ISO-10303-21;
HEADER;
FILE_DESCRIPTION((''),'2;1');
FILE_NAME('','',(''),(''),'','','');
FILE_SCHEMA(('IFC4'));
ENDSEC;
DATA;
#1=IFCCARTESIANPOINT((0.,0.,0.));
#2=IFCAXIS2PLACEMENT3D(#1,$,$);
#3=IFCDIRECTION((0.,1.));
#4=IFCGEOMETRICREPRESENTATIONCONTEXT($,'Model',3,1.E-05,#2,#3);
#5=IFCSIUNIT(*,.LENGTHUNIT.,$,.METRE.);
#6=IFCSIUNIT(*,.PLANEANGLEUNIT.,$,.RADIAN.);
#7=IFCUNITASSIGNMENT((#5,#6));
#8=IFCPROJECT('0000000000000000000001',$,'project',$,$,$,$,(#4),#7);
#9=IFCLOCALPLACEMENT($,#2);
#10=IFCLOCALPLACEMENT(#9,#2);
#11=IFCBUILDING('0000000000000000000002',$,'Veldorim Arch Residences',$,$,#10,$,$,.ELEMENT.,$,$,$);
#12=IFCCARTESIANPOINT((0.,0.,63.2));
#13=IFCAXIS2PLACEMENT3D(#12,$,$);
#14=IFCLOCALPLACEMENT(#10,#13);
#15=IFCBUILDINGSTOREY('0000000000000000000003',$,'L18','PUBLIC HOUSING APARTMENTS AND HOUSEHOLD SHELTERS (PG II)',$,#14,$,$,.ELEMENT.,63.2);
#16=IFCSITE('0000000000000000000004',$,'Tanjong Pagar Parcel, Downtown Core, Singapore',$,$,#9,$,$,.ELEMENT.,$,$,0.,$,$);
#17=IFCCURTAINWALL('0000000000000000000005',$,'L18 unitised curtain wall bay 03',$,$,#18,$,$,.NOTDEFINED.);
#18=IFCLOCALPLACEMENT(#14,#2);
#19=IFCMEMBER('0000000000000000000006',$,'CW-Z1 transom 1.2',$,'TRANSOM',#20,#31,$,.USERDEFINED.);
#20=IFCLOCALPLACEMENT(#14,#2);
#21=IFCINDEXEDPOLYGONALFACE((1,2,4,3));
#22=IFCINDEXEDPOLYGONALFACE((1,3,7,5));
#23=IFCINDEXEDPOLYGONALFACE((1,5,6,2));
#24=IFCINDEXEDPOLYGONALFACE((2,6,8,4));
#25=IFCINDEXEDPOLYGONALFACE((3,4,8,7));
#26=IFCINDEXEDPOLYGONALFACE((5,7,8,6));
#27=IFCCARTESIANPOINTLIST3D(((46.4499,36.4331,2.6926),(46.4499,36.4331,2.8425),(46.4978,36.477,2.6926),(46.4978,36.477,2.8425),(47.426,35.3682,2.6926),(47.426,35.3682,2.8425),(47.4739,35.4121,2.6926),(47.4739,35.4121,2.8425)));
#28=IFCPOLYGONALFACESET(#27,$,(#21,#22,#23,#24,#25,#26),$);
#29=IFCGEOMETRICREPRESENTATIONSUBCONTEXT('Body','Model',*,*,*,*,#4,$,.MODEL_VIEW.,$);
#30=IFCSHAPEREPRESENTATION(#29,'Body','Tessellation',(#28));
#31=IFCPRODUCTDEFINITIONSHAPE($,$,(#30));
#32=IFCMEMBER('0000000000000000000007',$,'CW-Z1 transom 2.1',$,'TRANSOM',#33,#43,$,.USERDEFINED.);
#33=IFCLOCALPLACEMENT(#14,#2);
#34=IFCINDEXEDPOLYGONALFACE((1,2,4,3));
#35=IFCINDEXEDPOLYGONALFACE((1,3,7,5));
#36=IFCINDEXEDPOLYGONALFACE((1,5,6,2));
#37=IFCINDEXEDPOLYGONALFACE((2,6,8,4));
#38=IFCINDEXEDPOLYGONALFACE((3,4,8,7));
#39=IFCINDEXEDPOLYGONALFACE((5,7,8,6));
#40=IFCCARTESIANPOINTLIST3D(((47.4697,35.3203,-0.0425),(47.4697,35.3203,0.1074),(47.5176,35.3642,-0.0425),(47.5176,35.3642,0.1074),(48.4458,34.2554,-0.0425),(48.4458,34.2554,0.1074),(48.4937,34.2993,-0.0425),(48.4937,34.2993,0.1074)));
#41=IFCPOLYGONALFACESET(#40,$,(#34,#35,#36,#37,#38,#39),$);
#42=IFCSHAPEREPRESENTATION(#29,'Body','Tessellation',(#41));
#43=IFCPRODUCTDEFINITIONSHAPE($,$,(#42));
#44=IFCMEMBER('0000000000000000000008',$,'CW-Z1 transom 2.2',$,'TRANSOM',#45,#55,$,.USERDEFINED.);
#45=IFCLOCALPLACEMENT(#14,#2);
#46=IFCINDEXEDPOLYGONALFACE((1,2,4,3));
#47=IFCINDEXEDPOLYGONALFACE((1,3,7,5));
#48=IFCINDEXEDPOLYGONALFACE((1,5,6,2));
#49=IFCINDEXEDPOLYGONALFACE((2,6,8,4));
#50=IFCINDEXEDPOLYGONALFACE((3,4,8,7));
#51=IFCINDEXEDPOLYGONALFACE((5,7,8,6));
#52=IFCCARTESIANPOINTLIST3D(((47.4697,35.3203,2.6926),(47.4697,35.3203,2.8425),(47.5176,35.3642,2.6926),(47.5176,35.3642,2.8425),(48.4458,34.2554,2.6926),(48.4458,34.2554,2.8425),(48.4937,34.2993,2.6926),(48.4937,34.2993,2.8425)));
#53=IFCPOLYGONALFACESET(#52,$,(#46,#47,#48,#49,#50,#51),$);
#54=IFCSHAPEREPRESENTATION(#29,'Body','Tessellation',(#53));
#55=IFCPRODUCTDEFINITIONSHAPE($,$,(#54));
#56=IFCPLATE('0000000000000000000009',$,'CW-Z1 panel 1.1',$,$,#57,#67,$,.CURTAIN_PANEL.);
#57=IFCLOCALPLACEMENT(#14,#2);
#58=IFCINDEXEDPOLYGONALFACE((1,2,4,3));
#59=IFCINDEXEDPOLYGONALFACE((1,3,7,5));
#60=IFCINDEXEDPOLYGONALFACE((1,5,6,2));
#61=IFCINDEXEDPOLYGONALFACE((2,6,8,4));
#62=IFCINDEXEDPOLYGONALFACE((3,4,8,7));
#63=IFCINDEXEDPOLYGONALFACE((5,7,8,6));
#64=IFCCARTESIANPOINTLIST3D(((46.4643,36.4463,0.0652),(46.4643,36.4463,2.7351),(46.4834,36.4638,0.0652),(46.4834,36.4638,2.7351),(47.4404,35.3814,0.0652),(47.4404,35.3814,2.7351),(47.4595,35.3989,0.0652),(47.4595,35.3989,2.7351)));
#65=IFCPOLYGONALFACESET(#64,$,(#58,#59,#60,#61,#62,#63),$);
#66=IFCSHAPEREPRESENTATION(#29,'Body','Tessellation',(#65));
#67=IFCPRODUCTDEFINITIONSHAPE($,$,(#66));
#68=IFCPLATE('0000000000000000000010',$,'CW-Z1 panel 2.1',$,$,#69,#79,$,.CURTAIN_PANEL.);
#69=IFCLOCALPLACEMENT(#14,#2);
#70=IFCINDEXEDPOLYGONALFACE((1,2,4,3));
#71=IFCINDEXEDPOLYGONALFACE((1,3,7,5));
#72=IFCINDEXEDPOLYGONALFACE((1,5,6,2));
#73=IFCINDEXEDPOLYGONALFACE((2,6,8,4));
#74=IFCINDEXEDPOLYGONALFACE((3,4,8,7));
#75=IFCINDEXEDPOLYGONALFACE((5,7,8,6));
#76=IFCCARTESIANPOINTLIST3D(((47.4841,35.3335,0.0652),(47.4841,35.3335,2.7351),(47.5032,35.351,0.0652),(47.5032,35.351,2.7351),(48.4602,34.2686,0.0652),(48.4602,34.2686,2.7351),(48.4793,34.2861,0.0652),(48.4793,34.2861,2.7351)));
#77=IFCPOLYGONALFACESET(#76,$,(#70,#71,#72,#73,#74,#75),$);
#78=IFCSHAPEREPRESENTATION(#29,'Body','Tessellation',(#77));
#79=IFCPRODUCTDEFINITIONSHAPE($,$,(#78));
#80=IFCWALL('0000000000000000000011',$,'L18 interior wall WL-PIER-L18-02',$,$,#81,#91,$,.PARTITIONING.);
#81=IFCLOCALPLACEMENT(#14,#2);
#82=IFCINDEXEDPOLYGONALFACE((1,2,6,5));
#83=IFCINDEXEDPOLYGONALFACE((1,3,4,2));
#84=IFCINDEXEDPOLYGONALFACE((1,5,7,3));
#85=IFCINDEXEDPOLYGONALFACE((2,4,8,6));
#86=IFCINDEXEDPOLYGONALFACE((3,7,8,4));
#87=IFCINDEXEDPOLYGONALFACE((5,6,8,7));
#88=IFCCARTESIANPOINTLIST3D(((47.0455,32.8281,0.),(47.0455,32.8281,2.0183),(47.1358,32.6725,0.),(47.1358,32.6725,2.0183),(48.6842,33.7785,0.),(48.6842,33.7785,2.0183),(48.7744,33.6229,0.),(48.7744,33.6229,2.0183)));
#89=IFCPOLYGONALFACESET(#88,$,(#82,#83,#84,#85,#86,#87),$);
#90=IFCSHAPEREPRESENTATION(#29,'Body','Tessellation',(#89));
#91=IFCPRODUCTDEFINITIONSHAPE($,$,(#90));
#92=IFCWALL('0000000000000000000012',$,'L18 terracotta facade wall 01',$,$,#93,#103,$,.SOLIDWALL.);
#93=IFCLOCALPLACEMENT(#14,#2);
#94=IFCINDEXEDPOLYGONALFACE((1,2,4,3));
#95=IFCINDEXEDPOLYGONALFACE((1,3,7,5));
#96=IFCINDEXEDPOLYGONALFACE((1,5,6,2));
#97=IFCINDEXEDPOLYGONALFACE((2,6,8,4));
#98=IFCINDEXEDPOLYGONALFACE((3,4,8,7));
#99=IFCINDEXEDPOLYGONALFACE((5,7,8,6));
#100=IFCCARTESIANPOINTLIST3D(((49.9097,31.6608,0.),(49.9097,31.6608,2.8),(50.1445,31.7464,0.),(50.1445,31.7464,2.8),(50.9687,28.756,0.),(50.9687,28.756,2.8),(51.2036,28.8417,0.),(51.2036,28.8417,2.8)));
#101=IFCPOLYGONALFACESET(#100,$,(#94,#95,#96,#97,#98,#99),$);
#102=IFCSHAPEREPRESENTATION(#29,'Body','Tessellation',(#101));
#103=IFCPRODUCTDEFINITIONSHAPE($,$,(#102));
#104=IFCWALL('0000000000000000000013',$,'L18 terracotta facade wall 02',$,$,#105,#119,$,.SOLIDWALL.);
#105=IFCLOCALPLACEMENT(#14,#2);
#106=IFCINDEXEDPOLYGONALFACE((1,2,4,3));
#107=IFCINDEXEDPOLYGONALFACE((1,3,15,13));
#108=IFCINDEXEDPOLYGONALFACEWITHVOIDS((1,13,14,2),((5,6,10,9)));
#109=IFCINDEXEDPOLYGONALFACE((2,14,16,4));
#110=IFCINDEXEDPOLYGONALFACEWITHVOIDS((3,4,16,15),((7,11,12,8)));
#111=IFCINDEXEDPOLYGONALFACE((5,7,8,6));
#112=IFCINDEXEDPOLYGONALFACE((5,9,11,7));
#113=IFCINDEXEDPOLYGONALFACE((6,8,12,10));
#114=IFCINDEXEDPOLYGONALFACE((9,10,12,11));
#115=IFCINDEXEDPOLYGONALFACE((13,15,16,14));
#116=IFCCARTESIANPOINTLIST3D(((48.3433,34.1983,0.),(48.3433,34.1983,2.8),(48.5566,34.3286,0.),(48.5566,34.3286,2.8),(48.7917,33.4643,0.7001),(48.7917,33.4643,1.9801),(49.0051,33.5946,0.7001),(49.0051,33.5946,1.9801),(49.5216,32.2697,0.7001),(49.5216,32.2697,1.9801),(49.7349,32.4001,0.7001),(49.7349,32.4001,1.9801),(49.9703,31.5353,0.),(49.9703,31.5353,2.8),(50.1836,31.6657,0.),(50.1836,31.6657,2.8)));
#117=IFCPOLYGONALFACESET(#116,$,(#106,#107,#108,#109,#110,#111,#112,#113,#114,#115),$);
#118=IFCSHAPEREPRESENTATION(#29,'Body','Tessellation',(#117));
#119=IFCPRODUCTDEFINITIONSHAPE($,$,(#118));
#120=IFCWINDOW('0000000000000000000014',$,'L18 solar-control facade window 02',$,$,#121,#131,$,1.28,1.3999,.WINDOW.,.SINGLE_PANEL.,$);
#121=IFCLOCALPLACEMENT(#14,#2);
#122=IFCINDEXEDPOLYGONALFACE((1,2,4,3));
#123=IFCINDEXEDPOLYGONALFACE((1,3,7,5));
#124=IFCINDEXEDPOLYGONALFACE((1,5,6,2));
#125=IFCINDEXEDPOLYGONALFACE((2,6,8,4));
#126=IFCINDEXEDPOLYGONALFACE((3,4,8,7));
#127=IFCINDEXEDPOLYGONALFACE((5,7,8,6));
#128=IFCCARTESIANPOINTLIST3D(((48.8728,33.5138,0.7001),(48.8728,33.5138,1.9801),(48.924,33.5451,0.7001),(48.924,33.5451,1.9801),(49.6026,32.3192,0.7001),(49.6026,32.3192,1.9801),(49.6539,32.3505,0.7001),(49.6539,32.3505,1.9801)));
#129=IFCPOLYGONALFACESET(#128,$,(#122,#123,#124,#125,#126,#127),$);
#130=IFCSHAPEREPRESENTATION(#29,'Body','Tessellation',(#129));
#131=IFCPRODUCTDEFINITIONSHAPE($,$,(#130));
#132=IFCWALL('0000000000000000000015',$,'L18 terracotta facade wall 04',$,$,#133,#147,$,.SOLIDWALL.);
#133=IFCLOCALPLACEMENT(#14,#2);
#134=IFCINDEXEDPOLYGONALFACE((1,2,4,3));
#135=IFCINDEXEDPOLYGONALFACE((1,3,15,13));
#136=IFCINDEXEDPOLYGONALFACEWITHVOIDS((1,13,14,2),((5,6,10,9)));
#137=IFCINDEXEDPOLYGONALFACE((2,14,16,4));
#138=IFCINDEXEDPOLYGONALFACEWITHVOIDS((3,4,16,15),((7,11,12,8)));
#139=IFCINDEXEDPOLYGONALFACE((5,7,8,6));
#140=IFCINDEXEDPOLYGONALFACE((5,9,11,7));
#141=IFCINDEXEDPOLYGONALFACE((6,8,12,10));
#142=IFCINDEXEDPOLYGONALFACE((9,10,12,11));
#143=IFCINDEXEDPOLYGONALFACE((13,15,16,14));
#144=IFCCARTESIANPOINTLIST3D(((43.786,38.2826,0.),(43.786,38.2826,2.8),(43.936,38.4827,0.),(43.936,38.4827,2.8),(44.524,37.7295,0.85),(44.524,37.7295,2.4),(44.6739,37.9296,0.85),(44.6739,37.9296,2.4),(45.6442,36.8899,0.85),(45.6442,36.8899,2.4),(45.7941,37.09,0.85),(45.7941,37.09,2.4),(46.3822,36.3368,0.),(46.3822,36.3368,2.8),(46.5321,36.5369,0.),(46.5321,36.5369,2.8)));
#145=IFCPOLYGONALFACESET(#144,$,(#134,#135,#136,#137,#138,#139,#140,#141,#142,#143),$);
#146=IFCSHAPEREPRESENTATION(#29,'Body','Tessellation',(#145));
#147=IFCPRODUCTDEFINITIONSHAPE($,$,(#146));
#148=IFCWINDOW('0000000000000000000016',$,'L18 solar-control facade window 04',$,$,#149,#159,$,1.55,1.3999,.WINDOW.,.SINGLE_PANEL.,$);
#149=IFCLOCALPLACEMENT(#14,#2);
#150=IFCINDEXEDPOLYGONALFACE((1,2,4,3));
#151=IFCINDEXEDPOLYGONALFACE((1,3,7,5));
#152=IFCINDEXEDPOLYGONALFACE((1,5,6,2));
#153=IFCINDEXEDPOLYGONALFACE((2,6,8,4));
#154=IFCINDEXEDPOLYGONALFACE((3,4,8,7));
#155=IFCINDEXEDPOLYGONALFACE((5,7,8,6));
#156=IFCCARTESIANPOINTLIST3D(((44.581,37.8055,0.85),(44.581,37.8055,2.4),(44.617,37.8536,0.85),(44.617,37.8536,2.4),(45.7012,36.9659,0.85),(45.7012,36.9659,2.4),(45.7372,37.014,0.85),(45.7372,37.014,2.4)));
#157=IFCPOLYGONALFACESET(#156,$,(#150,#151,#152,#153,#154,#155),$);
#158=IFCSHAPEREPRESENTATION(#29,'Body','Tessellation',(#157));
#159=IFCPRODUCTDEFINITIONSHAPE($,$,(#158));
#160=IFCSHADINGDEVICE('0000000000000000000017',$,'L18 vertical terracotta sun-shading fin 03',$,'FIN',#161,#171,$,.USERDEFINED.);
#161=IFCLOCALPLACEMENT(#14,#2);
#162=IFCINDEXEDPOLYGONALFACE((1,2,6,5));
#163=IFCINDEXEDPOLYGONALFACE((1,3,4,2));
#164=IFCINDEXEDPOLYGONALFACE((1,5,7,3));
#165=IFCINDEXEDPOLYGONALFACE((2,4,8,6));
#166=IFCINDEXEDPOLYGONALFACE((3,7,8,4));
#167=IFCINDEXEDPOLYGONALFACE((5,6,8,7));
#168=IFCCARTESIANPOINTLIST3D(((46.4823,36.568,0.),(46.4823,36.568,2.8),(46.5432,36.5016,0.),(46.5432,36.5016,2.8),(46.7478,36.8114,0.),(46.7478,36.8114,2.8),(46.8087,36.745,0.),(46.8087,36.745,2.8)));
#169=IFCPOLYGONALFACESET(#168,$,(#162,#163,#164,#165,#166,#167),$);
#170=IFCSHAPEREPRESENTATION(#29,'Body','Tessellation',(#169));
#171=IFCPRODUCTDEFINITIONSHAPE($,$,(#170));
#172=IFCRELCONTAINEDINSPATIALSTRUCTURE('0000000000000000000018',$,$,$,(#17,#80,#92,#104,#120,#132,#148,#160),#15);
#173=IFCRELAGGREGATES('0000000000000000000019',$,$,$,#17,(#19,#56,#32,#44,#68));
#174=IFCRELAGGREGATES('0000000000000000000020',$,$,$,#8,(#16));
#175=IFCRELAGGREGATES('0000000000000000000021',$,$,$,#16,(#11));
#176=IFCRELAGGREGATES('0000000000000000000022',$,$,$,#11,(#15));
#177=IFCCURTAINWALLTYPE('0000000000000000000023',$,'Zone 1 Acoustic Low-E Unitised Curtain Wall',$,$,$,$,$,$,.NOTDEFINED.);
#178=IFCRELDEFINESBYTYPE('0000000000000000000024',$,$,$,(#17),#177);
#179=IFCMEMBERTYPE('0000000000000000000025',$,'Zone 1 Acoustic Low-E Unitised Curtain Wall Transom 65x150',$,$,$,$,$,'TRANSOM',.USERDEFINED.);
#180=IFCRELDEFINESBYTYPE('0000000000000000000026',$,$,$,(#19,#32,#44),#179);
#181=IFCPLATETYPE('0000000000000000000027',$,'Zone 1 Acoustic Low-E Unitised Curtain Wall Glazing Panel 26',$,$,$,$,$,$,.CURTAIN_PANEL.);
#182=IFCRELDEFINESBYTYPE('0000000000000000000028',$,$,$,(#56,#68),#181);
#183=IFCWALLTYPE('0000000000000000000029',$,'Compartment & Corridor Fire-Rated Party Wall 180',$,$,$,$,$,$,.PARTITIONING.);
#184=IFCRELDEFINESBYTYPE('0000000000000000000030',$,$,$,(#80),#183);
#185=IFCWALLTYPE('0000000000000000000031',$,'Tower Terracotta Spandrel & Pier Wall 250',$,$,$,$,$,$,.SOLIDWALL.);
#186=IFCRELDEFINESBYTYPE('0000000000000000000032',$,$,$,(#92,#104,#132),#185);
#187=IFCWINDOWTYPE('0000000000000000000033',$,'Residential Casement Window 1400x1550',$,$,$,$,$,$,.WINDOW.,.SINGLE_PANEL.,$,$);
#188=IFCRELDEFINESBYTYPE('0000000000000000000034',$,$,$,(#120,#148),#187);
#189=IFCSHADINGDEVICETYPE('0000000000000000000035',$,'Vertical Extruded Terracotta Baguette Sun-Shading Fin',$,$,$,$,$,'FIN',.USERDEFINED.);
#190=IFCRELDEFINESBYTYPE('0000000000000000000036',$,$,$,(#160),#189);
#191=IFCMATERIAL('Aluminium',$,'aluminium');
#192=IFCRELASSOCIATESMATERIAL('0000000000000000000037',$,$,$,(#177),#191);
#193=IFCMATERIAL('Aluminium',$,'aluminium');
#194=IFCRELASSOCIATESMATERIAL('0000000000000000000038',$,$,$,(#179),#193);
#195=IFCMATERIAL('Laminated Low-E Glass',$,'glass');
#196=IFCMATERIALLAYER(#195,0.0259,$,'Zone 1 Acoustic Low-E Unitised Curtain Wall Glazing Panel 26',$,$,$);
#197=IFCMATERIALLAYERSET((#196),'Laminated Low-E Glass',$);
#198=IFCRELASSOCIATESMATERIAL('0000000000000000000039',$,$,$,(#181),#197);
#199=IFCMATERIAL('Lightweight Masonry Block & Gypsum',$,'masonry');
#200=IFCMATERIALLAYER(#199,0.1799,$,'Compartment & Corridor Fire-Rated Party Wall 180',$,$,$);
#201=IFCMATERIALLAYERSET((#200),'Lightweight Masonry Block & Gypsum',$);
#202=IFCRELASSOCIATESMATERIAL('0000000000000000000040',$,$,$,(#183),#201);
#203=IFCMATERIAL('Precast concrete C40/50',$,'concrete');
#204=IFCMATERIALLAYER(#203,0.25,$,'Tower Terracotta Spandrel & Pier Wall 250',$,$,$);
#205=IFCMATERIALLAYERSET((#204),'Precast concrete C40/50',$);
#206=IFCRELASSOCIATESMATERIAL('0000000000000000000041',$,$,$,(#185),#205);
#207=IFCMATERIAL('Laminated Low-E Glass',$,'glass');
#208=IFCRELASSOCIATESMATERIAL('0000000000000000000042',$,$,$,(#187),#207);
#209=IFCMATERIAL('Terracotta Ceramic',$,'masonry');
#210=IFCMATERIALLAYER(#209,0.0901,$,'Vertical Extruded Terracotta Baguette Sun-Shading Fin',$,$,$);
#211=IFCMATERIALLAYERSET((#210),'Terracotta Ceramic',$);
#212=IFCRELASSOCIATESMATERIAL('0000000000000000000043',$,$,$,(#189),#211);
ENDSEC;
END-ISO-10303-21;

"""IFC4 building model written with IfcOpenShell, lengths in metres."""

from ifc_helpers import new_model, si_unit, direction, frame, frame_2d, origin, origin_2d, place, context, subcontext, project, spatial, rectangle, extrude, material, layer, layer_set, material_profile, profile_set, type_object, element, fill, aggregate, save


model = new_model("IFC4")

# Units and contexts
model_context = context("Model", 3, precision=1e-05, world=origin(), true_north=direction((0.0, 1.0)))
body_context = subcontext(model_context, "Body", "Model", "MODEL_VIEW")
ifc_project = project(units=[si_unit("LENGTHUNIT", "METRE"), si_unit("PLANEANGLEUNIT", "RADIAN")], contexts=[model_context])

# Site, building, storey
site_placement = place(None, origin())
site = spatial("IfcSite", under=ifc_project, at=site_placement, Name="Tanjong Pagar Parcel, Downtown Core, Singapore", CompositionType="ELEMENT", RefElevation=0.0)
building_placement = place(site_placement, origin())
building = spatial("IfcBuilding", under=site, at=building_placement, Name="Veldorim Arch Residences", CompositionType="ELEMENT")
storey_placement = place(building_placement, frame((0.0, 0.0, 63.2)))
storey = spatial("IfcBuildingStorey", under=building, at=storey_placement, Name="L18", Description="PUBLIC HOUSING APARTMENTS AND HOUSEHOLD SHELTERS (PG II)", CompositionType="ELEMENT", Elevation=63.2)

# Curtain wall, members, plates
ifc_material_1 = material(Name="Aluminium", Category="aluminium")
curtain_wall_type = type_object("IfcCurtainWallType", Name="Zone 1 Acoustic Low-E Unitised Curtain Wall", PredefinedType="NOTDEFINED", material=ifc_material_1)
curtain_wall_placement = place(storey_placement, origin())
curtain_wall = element("IfcCurtainWall", 1, at=curtain_wall_placement, inside=storey, type_object=curtain_wall_type, Name="L18 unitised curtain wall bay 03", PredefinedType="NOTDEFINED")
ifc_material_2 = material(Name="Aluminium", Category="aluminium")
ifc_material_profile_1 = material_profile(ifc_material_2, rectangle(XDim=0.0649, YDim=0.1499, at=origin_2d()), Name="ALU_TRN_65x150")
ifc_profile_set_1 = profile_set([ifc_material_profile_1], Name="Aluminium")
member_type_1 = type_object("IfcMemberType", Name="Zone 1 Acoustic Low-E Unitised Curtain Wall Transom 65x150", ElementType="TRANSOM", PredefinedType="USERDEFINED", material=ifc_profile_set_1)
member_1_placement = place(storey_placement, frame((46.4739, 36.4551, 2.7676), z_axis=(0.675679, -0.737196, 0.0), x_axis=(0.737196, 0.675679, 0.0)))
member_1 = element("IfcMember", 2, at=member_1_placement, type_object=member_type_1, Name="CW-Z1 transom 1.2", ObjectType="TRANSOM", PredefinedType="USERDEFINED", context=body_context, shape_type="SweptSolid", body=[
    extrude(rectangle(XDim=0.0649, YDim=0.1499, at=origin_2d()), origin(), (0.0, 0.0, 1.0), 1.4446),
])
member_2_placement = place(storey_placement, frame((47.4937, 35.3423, 0.0325), z_axis=(0.675679, -0.737196, 0.0), x_axis=(0.737196, 0.675679, 0.0)))
member_2 = element("IfcMember", 3, at=member_2_placement, type_object=member_type_1, Name="CW-Z1 transom 2.1", ObjectType="TRANSOM", PredefinedType="USERDEFINED", context=body_context, shape_type="SweptSolid", body=[
    extrude(rectangle(XDim=0.0649, YDim=0.1499, at=origin_2d()), origin(), (0.0, 0.0, 1.0), 1.4446),
])
member_3_placement = place(storey_placement, frame((47.4937, 35.3423, 2.7676), z_axis=(0.675679, -0.737196, 0.0), x_axis=(0.737196, 0.675679, 0.0)))
member_3 = element("IfcMember", 4, at=member_3_placement, type_object=member_type_1, Name="CW-Z1 transom 2.2", ObjectType="TRANSOM", PredefinedType="USERDEFINED", context=body_context, shape_type="SweptSolid", body=[
    extrude(rectangle(XDim=0.0649, YDim=0.1499, at=origin_2d()), origin(), (0.0, 0.0, 1.0), 1.4446),
])
ifc_material_3 = material(Name="Laminated Low-E Glass", Category="glass")
ifc_layer_1 = layer(ifc_material_3, 0.0259, Name="Zone 1 Acoustic Low-E Unitised Curtain Wall Glazing Panel 26")
ifc_layer_set_1 = layer_set([ifc_layer_1], Name="Laminated Low-E Glass")
plate_type = type_object("IfcPlateType", Name="Zone 1 Acoustic Low-E Unitised Curtain Wall Glazing Panel 26", PredefinedType="CURTAIN_PANEL", material=ifc_layer_set_1)
plate_1_placement = place(storey_placement, frame((46.9619, 35.9226, 0.0652), z_axis=(0.0, 0.0, 1.0), x_axis=(0.675682, -0.737193, 0.0)))
plate_1 = element("IfcPlate", 5, at=plate_1_placement, type_object=plate_type, Name="CW-Z1 panel 1.1", PredefinedType="CURTAIN_PANEL", context=body_context, shape_type="SweptSolid", body=[
    extrude(rectangle(XDim=1.4446, YDim=0.0259, at=origin_2d()), origin(), (0.0, 0.0, 1.0), 2.6699),
])
plate_2_placement = place(storey_placement, frame((47.9817, 34.8098, 0.0652), z_axis=(0.0, 0.0, 1.0), x_axis=(0.675682, -0.737193, 0.0)))
plate_2 = element("IfcPlate", 6, at=plate_2_placement, type_object=plate_type, Name="CW-Z1 panel 2.1", PredefinedType="CURTAIN_PANEL", context=body_context, shape_type="SweptSolid", body=[
    extrude(rectangle(XDim=1.4446, YDim=0.0259, at=origin_2d()), origin(), (0.0, 0.0, 1.0), 2.6699),
])
aggregate(curtain_wall, [member_1, plate_1, member_2, member_3, plate_2])

# Walls
ifc_material_4 = material(Name="Lightweight Masonry Block & Gypsum", Category="masonry")
ifc_layer_2 = layer(ifc_material_4, 0.1799, Name="Compartment & Corridor Fire-Rated Party Wall 180")
ifc_layer_set_2 = layer_set([ifc_layer_2], Name="Lightweight Masonry Block & Gypsum")
wall_type_1 = type_object("IfcWallType", Name="Compartment & Corridor Fire-Rated Party Wall 180", PredefinedType="PARTITIONING", material=ifc_layer_set_2)
wall_1_placement = place(storey_placement, frame((47.0906, 32.7502, 0.0), z_axis=(0.0, 0.0, 1.0), x_axis=(0.865029, 0.501722, 0.0)))
element("IfcWall", 7, at=wall_1_placement, inside=storey, type_object=wall_type_1, Name="L18 interior wall WL-PIER-L18-02", PredefinedType="PARTITIONING", context=body_context, shape_type="SweptSolid", body=[
    extrude(rectangle(XDim=1.8943, YDim=0.1799, at=frame_2d((0.9473, 0.0))), origin(), (0.0, 0.0, 1.0), 2.0183),
])
ifc_material_5 = material(Name="Precast concrete C40/50", Category="concrete")
ifc_layer_3 = layer(ifc_material_5, 0.25, Name="Tower Terracotta Spandrel & Pier Wall 250")
ifc_layer_set_3 = layer_set([ifc_layer_3], Name="Precast concrete C40/50")
wall_type_2 = type_object("IfcWallType", Name="Tower Terracotta Spandrel & Pier Wall 250", PredefinedType="SOLIDWALL", material=ifc_layer_set_3)
wall_2_placement = place(storey_placement, frame((50.0271, 31.7036, 0.0), z_axis=(0.0, 0.0, 1.0), x_axis=(0.342542, -0.939503, 0.0)))
element("IfcWall", 8, at=wall_2_placement, inside=storey, type_object=wall_type_2, Name="L18 terracotta facade wall 01", PredefinedType="SOLIDWALL", context=body_context, shape_type="SweptSolid", body=[
    extrude(rectangle(XDim=3.0918, YDim=0.25, at=frame_2d((1.5459, 0.0))), origin(), (0.0, 0.0, 1.0), 2.8),
])

# Walls, openings, windows
wall_3_placement = place(storey_placement, frame((48.45, 34.2634, 0.0), z_axis=(0.0, 0.0, 1.0), x_axis=(0.521371, -0.85333, 0.0)))
wall_3 = element("IfcWall", 9, at=wall_3_placement, inside=storey, type_object=wall_type_2, Name="L18 terracotta facade wall 02", PredefinedType="SOLIDWALL", context=body_context, shape_type="SweptSolid", body=[
    extrude(rectangle(XDim=3.1206, YDim=0.25, at=frame_2d((1.5603, 0.0))), origin(), (0.0, 0.0, 1.0), 2.8),
])
opening_1_placement = place(wall_3_placement, frame((0.8601, 0.0, 0.7)))
opening_1 = element("IfcOpeningElement", 10, at=opening_1_placement, cuts=wall_3, PredefinedType="OPENING", context=body_context, shape_type="SweptSolid", body=[
    extrude(rectangle(XDim=1.3999, YDim=1.28, at=frame_2d((0.7, 0.6401))), frame((0.0, 0.135, 0.0), z_axis=(0.0, -1.0, 0.0), x_axis=(1.0, 0.0, 0.0)), (0.0, 0.0, 1.0), 0.27),
])
ifc_material_6 = material(Name="Laminated Low-E Glass", Category="glass")
window_type = type_object("IfcWindowType", Name="Residential Casement Window 1400x1550", PartitioningType="SINGLE_PANEL", PredefinedType="WINDOW", material=ifc_material_6)
window_1_placement = place(opening_1_placement, origin())
window_1 = element("IfcWindow", 11, at=window_1_placement, inside=storey, type_object=window_type, Name="L18 solar-control facade window 02", OverallHeight=1.28, OverallWidth=1.3999, PartitioningType="SINGLE_PANEL", PredefinedType="WINDOW", context=body_context, shape_type="SweptSolid", body=[
    extrude(rectangle(XDim=1.3999, YDim=1.28, at=frame_2d((0.7, 0.6401))), frame((0.0, 0.03, 0.0), z_axis=(0.0, -1.0, 0.0), x_axis=(1.0, 0.0, 0.0)), (0.0, 0.0, 1.0), 0.0601),
])
fill(opening_1, window_1)
wall_4_placement = place(storey_placement, frame((43.8611, 38.3826, 0.0), z_axis=(0.0, 0.0, 1.0), x_axis=(0.800199, -0.599735, 0.0)))
wall_4 = element("IfcWall", 12, at=wall_4_placement, inside=storey, type_object=wall_type_2, Name="L18 terracotta facade wall 04", PredefinedType="SOLIDWALL", context=body_context, shape_type="SweptSolid", body=[
    extrude(rectangle(XDim=3.2444, YDim=0.25, at=frame_2d((1.6221, 0.0))), origin(), (0.0, 0.0, 1.0), 2.8),
])
opening_2_placement = place(wall_4_placement, frame((0.9221, 0.0, 0.8501)))
opening_2 = element("IfcOpeningElement", 13, at=opening_2_placement, cuts=wall_4, PredefinedType="OPENING", context=body_context, shape_type="SweptSolid", body=[
    extrude(rectangle(XDim=1.3999, YDim=1.55, at=frame_2d((0.7, 0.7749))), frame((0.0, 0.135, 0.0), z_axis=(0.0, -1.0, 0.0), x_axis=(1.0, 0.0, 0.0)), (0.0, 0.0, 1.0), 0.27),
])
window_2_placement = place(opening_2_placement, origin())
window_2 = element("IfcWindow", 14, at=window_2_placement, inside=storey, type_object=window_type, Name="L18 solar-control facade window 04", OverallHeight=1.55, OverallWidth=1.3999, PartitioningType="SINGLE_PANEL", PredefinedType="WINDOW", context=body_context, shape_type="SweptSolid", body=[
    extrude(rectangle(XDim=1.3999, YDim=1.55, at=frame_2d((0.7, 0.7749))), frame((0.0, 0.03, 0.0), z_axis=(0.0, -1.0, 0.0), x_axis=(1.0, 0.0, 0.0)), (0.0, 0.0, 1.0), 0.0601),
])
fill(opening_2, window_2)

# Shading device
ifc_material_7 = material(Name="Terracotta Ceramic", Category="masonry")
ifc_layer_4 = layer(ifc_material_7, 0.0901, Name="Vertical Extruded Terracotta Baguette Sun-Shading Fin")
ifc_layer_set_4 = layer_set([ifc_layer_4], Name="Terracotta Ceramic")
shading_device_type = type_object("IfcShadingDeviceType", Name="Vertical Extruded Terracotta Baguette Sun-Shading Fin", ElementType="FIN", PredefinedType="USERDEFINED", material=ifc_layer_set_4)
shading_device_placement = place(storey_placement, frame((46.6455, 36.6565, 0.0), z_axis=(0.0, 0.0, 1.0), x_axis=(0.675719, -0.737159, 0.0)))
element("IfcShadingDevice", 15, at=shading_device_placement, inside=storey, type_object=shading_device_type, Name="L18 vertical terracotta sun-shading fin 03", ObjectType="FIN", PredefinedType="USERDEFINED", context=body_context, shape_type="SweptSolid", body=[
    extrude(rectangle(XDim=0.0901, YDim=0.3601, at=origin_2d()), origin(), (0.0, 0.0, 1.0), 2.8),
])

save(model, "model.ifc")
